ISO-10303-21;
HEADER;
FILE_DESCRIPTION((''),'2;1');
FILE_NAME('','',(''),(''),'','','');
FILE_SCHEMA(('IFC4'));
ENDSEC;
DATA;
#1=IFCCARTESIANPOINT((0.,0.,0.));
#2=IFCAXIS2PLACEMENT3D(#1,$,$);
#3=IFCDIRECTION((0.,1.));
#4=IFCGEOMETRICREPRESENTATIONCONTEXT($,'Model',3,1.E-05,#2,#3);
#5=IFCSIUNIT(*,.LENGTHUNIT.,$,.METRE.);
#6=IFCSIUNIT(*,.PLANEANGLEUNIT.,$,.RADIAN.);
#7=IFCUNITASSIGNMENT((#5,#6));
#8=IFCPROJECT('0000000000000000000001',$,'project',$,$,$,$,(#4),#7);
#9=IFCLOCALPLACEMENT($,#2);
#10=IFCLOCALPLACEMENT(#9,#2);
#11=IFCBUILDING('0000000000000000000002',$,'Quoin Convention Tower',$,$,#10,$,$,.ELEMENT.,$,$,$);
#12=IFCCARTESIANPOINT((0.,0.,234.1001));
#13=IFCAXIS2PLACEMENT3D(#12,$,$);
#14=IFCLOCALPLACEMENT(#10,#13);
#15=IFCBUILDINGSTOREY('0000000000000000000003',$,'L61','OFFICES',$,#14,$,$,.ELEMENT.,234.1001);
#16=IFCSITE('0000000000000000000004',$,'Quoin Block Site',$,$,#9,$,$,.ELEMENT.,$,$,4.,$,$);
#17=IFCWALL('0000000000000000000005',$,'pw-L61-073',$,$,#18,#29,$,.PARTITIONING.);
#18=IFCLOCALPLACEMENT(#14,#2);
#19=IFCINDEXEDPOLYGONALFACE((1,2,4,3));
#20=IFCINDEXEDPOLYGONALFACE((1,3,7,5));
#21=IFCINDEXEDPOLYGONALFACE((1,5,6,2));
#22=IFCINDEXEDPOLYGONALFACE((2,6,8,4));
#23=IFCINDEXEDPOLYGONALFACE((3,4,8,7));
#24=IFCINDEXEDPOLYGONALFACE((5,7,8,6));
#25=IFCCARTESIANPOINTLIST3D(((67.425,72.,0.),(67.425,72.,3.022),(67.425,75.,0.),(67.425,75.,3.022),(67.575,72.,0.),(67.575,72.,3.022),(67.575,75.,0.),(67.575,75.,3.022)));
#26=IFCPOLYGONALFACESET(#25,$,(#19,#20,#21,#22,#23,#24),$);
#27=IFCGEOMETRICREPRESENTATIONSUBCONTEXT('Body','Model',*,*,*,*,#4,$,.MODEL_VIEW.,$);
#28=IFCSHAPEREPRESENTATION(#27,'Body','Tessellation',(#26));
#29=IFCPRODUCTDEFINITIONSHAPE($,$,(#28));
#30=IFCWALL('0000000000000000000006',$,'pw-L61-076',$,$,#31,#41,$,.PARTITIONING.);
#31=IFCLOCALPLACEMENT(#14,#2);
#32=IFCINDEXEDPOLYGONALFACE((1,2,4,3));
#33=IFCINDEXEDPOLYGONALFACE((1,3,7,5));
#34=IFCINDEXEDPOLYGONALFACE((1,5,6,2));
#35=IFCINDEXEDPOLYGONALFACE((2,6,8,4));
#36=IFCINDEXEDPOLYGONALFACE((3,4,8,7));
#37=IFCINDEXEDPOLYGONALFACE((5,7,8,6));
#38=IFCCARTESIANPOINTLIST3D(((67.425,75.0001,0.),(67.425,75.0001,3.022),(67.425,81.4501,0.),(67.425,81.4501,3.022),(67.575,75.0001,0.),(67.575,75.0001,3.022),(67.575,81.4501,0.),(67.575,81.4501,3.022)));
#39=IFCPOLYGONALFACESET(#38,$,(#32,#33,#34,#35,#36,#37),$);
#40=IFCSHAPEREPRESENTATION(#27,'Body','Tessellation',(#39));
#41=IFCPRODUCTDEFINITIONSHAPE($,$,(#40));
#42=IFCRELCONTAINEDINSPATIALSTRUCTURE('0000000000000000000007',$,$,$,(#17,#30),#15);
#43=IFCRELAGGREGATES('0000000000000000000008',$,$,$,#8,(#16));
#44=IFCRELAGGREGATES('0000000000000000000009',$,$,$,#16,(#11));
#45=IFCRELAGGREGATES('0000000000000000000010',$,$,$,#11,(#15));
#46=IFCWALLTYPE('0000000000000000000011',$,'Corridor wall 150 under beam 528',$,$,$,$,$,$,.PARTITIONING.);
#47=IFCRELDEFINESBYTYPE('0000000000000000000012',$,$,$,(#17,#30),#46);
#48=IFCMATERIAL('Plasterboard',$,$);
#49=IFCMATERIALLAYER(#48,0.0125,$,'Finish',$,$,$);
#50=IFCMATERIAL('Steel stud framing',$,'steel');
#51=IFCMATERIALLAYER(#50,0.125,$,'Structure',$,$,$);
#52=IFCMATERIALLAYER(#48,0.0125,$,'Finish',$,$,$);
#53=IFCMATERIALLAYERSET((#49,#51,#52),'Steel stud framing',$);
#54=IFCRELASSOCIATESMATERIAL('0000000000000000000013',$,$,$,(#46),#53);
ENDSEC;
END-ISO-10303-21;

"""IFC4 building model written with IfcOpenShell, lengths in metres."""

from ifc_helpers import new_model, si_unit, direction, frame, frame_2d, origin, place, context, subcontext, project, spatial, rectangle, extrude, material, layer, layer_set, type_object, element, save


model = new_model("IFC4")

# Units and contexts
model_context = context("Model", 3, precision=1e-05, world=origin(), true_north=direction((0.0, 1.0)))
body_context = subcontext(model_context, "Body", "Model", "MODEL_VIEW")
ifc_project = project(units=[si_unit("LENGTHUNIT", "METRE"), si_unit("PLANEANGLEUNIT", "RADIAN")], contexts=[model_context])

# Site, building, storey
site_placement = place(None, origin())
site = spatial("IfcSite", under=ifc_project, at=site_placement, Name="Quoin Block Site", CompositionType="ELEMENT", RefElevation=4.0)
building_placement = place(site_placement, origin())
building = spatial("IfcBuilding", under=site, at=building_placement, Name="Quoin Convention Tower", CompositionType="ELEMENT")
storey_placement = place(building_placement, frame((0.0, 0.0, 234.1001)))
storey = spatial("IfcBuildingStorey", under=building, at=storey_placement, Name="L61", Description="OFFICES", CompositionType="ELEMENT", Elevation=234.1001)

# Shared definitions
ifc_material_1 = material(Name="Plasterboard")
ifc_material_2 = material(Name="Steel stud framing", Category="steel")

# Walls
ifc_layer_1 = layer(ifc_material_1, 0.0125, Name="Finish")
ifc_layer_2 = layer(ifc_material_2, 0.125, Name="Structure")
ifc_layer_3 = layer(ifc_material_1, 0.0125, Name="Finish")
ifc_layer_set_1 = layer_set([ifc_layer_1, ifc_layer_2, ifc_layer_3], Name="Steel stud framing")
wall_type_1 = type_object("IfcWallType", Name="Corridor wall 150 under beam 528", PredefinedType="PARTITIONING", material=ifc_layer_set_1)
wall_1_placement = place(storey_placement, frame((67.5, 72.0, 0.0), z_axis=(0.0, 0.0, 1.0), x_axis=(0.0, 1.0, 0.0)))
element("IfcWall", 1, at=wall_1_placement, inside=storey, type_object=wall_type_1, Name="pw-L61-073", PredefinedType="PARTITIONING", context=body_context, shape_type="SweptSolid", body=[
    extrude(rectangle(XDim=3.0, YDim=0.1499, at=frame_2d((1.5, 0.0))), origin(), (0.0, 0.0, 1.0), 3.022),
])
wall_2_placement = place(storey_placement, frame((67.5, 75.0, 0.0), z_axis=(0.0, 0.0, 1.0), x_axis=(0.0, 1.0, 0.0)))
element("IfcWall", 2, at=wall_2_placement, inside=storey, type_object=wall_type_1, Name="pw-L61-076", PredefinedType="PARTITIONING", context=body_context, shape_type="SweptSolid", body=[
    extrude(rectangle(XDim=6.45, YDim=0.1499, at=frame_2d((3.2251, 0.0))), origin(), (0.0, 0.0, 1.0), 3.022),
])

save(model, "model.ifc")
